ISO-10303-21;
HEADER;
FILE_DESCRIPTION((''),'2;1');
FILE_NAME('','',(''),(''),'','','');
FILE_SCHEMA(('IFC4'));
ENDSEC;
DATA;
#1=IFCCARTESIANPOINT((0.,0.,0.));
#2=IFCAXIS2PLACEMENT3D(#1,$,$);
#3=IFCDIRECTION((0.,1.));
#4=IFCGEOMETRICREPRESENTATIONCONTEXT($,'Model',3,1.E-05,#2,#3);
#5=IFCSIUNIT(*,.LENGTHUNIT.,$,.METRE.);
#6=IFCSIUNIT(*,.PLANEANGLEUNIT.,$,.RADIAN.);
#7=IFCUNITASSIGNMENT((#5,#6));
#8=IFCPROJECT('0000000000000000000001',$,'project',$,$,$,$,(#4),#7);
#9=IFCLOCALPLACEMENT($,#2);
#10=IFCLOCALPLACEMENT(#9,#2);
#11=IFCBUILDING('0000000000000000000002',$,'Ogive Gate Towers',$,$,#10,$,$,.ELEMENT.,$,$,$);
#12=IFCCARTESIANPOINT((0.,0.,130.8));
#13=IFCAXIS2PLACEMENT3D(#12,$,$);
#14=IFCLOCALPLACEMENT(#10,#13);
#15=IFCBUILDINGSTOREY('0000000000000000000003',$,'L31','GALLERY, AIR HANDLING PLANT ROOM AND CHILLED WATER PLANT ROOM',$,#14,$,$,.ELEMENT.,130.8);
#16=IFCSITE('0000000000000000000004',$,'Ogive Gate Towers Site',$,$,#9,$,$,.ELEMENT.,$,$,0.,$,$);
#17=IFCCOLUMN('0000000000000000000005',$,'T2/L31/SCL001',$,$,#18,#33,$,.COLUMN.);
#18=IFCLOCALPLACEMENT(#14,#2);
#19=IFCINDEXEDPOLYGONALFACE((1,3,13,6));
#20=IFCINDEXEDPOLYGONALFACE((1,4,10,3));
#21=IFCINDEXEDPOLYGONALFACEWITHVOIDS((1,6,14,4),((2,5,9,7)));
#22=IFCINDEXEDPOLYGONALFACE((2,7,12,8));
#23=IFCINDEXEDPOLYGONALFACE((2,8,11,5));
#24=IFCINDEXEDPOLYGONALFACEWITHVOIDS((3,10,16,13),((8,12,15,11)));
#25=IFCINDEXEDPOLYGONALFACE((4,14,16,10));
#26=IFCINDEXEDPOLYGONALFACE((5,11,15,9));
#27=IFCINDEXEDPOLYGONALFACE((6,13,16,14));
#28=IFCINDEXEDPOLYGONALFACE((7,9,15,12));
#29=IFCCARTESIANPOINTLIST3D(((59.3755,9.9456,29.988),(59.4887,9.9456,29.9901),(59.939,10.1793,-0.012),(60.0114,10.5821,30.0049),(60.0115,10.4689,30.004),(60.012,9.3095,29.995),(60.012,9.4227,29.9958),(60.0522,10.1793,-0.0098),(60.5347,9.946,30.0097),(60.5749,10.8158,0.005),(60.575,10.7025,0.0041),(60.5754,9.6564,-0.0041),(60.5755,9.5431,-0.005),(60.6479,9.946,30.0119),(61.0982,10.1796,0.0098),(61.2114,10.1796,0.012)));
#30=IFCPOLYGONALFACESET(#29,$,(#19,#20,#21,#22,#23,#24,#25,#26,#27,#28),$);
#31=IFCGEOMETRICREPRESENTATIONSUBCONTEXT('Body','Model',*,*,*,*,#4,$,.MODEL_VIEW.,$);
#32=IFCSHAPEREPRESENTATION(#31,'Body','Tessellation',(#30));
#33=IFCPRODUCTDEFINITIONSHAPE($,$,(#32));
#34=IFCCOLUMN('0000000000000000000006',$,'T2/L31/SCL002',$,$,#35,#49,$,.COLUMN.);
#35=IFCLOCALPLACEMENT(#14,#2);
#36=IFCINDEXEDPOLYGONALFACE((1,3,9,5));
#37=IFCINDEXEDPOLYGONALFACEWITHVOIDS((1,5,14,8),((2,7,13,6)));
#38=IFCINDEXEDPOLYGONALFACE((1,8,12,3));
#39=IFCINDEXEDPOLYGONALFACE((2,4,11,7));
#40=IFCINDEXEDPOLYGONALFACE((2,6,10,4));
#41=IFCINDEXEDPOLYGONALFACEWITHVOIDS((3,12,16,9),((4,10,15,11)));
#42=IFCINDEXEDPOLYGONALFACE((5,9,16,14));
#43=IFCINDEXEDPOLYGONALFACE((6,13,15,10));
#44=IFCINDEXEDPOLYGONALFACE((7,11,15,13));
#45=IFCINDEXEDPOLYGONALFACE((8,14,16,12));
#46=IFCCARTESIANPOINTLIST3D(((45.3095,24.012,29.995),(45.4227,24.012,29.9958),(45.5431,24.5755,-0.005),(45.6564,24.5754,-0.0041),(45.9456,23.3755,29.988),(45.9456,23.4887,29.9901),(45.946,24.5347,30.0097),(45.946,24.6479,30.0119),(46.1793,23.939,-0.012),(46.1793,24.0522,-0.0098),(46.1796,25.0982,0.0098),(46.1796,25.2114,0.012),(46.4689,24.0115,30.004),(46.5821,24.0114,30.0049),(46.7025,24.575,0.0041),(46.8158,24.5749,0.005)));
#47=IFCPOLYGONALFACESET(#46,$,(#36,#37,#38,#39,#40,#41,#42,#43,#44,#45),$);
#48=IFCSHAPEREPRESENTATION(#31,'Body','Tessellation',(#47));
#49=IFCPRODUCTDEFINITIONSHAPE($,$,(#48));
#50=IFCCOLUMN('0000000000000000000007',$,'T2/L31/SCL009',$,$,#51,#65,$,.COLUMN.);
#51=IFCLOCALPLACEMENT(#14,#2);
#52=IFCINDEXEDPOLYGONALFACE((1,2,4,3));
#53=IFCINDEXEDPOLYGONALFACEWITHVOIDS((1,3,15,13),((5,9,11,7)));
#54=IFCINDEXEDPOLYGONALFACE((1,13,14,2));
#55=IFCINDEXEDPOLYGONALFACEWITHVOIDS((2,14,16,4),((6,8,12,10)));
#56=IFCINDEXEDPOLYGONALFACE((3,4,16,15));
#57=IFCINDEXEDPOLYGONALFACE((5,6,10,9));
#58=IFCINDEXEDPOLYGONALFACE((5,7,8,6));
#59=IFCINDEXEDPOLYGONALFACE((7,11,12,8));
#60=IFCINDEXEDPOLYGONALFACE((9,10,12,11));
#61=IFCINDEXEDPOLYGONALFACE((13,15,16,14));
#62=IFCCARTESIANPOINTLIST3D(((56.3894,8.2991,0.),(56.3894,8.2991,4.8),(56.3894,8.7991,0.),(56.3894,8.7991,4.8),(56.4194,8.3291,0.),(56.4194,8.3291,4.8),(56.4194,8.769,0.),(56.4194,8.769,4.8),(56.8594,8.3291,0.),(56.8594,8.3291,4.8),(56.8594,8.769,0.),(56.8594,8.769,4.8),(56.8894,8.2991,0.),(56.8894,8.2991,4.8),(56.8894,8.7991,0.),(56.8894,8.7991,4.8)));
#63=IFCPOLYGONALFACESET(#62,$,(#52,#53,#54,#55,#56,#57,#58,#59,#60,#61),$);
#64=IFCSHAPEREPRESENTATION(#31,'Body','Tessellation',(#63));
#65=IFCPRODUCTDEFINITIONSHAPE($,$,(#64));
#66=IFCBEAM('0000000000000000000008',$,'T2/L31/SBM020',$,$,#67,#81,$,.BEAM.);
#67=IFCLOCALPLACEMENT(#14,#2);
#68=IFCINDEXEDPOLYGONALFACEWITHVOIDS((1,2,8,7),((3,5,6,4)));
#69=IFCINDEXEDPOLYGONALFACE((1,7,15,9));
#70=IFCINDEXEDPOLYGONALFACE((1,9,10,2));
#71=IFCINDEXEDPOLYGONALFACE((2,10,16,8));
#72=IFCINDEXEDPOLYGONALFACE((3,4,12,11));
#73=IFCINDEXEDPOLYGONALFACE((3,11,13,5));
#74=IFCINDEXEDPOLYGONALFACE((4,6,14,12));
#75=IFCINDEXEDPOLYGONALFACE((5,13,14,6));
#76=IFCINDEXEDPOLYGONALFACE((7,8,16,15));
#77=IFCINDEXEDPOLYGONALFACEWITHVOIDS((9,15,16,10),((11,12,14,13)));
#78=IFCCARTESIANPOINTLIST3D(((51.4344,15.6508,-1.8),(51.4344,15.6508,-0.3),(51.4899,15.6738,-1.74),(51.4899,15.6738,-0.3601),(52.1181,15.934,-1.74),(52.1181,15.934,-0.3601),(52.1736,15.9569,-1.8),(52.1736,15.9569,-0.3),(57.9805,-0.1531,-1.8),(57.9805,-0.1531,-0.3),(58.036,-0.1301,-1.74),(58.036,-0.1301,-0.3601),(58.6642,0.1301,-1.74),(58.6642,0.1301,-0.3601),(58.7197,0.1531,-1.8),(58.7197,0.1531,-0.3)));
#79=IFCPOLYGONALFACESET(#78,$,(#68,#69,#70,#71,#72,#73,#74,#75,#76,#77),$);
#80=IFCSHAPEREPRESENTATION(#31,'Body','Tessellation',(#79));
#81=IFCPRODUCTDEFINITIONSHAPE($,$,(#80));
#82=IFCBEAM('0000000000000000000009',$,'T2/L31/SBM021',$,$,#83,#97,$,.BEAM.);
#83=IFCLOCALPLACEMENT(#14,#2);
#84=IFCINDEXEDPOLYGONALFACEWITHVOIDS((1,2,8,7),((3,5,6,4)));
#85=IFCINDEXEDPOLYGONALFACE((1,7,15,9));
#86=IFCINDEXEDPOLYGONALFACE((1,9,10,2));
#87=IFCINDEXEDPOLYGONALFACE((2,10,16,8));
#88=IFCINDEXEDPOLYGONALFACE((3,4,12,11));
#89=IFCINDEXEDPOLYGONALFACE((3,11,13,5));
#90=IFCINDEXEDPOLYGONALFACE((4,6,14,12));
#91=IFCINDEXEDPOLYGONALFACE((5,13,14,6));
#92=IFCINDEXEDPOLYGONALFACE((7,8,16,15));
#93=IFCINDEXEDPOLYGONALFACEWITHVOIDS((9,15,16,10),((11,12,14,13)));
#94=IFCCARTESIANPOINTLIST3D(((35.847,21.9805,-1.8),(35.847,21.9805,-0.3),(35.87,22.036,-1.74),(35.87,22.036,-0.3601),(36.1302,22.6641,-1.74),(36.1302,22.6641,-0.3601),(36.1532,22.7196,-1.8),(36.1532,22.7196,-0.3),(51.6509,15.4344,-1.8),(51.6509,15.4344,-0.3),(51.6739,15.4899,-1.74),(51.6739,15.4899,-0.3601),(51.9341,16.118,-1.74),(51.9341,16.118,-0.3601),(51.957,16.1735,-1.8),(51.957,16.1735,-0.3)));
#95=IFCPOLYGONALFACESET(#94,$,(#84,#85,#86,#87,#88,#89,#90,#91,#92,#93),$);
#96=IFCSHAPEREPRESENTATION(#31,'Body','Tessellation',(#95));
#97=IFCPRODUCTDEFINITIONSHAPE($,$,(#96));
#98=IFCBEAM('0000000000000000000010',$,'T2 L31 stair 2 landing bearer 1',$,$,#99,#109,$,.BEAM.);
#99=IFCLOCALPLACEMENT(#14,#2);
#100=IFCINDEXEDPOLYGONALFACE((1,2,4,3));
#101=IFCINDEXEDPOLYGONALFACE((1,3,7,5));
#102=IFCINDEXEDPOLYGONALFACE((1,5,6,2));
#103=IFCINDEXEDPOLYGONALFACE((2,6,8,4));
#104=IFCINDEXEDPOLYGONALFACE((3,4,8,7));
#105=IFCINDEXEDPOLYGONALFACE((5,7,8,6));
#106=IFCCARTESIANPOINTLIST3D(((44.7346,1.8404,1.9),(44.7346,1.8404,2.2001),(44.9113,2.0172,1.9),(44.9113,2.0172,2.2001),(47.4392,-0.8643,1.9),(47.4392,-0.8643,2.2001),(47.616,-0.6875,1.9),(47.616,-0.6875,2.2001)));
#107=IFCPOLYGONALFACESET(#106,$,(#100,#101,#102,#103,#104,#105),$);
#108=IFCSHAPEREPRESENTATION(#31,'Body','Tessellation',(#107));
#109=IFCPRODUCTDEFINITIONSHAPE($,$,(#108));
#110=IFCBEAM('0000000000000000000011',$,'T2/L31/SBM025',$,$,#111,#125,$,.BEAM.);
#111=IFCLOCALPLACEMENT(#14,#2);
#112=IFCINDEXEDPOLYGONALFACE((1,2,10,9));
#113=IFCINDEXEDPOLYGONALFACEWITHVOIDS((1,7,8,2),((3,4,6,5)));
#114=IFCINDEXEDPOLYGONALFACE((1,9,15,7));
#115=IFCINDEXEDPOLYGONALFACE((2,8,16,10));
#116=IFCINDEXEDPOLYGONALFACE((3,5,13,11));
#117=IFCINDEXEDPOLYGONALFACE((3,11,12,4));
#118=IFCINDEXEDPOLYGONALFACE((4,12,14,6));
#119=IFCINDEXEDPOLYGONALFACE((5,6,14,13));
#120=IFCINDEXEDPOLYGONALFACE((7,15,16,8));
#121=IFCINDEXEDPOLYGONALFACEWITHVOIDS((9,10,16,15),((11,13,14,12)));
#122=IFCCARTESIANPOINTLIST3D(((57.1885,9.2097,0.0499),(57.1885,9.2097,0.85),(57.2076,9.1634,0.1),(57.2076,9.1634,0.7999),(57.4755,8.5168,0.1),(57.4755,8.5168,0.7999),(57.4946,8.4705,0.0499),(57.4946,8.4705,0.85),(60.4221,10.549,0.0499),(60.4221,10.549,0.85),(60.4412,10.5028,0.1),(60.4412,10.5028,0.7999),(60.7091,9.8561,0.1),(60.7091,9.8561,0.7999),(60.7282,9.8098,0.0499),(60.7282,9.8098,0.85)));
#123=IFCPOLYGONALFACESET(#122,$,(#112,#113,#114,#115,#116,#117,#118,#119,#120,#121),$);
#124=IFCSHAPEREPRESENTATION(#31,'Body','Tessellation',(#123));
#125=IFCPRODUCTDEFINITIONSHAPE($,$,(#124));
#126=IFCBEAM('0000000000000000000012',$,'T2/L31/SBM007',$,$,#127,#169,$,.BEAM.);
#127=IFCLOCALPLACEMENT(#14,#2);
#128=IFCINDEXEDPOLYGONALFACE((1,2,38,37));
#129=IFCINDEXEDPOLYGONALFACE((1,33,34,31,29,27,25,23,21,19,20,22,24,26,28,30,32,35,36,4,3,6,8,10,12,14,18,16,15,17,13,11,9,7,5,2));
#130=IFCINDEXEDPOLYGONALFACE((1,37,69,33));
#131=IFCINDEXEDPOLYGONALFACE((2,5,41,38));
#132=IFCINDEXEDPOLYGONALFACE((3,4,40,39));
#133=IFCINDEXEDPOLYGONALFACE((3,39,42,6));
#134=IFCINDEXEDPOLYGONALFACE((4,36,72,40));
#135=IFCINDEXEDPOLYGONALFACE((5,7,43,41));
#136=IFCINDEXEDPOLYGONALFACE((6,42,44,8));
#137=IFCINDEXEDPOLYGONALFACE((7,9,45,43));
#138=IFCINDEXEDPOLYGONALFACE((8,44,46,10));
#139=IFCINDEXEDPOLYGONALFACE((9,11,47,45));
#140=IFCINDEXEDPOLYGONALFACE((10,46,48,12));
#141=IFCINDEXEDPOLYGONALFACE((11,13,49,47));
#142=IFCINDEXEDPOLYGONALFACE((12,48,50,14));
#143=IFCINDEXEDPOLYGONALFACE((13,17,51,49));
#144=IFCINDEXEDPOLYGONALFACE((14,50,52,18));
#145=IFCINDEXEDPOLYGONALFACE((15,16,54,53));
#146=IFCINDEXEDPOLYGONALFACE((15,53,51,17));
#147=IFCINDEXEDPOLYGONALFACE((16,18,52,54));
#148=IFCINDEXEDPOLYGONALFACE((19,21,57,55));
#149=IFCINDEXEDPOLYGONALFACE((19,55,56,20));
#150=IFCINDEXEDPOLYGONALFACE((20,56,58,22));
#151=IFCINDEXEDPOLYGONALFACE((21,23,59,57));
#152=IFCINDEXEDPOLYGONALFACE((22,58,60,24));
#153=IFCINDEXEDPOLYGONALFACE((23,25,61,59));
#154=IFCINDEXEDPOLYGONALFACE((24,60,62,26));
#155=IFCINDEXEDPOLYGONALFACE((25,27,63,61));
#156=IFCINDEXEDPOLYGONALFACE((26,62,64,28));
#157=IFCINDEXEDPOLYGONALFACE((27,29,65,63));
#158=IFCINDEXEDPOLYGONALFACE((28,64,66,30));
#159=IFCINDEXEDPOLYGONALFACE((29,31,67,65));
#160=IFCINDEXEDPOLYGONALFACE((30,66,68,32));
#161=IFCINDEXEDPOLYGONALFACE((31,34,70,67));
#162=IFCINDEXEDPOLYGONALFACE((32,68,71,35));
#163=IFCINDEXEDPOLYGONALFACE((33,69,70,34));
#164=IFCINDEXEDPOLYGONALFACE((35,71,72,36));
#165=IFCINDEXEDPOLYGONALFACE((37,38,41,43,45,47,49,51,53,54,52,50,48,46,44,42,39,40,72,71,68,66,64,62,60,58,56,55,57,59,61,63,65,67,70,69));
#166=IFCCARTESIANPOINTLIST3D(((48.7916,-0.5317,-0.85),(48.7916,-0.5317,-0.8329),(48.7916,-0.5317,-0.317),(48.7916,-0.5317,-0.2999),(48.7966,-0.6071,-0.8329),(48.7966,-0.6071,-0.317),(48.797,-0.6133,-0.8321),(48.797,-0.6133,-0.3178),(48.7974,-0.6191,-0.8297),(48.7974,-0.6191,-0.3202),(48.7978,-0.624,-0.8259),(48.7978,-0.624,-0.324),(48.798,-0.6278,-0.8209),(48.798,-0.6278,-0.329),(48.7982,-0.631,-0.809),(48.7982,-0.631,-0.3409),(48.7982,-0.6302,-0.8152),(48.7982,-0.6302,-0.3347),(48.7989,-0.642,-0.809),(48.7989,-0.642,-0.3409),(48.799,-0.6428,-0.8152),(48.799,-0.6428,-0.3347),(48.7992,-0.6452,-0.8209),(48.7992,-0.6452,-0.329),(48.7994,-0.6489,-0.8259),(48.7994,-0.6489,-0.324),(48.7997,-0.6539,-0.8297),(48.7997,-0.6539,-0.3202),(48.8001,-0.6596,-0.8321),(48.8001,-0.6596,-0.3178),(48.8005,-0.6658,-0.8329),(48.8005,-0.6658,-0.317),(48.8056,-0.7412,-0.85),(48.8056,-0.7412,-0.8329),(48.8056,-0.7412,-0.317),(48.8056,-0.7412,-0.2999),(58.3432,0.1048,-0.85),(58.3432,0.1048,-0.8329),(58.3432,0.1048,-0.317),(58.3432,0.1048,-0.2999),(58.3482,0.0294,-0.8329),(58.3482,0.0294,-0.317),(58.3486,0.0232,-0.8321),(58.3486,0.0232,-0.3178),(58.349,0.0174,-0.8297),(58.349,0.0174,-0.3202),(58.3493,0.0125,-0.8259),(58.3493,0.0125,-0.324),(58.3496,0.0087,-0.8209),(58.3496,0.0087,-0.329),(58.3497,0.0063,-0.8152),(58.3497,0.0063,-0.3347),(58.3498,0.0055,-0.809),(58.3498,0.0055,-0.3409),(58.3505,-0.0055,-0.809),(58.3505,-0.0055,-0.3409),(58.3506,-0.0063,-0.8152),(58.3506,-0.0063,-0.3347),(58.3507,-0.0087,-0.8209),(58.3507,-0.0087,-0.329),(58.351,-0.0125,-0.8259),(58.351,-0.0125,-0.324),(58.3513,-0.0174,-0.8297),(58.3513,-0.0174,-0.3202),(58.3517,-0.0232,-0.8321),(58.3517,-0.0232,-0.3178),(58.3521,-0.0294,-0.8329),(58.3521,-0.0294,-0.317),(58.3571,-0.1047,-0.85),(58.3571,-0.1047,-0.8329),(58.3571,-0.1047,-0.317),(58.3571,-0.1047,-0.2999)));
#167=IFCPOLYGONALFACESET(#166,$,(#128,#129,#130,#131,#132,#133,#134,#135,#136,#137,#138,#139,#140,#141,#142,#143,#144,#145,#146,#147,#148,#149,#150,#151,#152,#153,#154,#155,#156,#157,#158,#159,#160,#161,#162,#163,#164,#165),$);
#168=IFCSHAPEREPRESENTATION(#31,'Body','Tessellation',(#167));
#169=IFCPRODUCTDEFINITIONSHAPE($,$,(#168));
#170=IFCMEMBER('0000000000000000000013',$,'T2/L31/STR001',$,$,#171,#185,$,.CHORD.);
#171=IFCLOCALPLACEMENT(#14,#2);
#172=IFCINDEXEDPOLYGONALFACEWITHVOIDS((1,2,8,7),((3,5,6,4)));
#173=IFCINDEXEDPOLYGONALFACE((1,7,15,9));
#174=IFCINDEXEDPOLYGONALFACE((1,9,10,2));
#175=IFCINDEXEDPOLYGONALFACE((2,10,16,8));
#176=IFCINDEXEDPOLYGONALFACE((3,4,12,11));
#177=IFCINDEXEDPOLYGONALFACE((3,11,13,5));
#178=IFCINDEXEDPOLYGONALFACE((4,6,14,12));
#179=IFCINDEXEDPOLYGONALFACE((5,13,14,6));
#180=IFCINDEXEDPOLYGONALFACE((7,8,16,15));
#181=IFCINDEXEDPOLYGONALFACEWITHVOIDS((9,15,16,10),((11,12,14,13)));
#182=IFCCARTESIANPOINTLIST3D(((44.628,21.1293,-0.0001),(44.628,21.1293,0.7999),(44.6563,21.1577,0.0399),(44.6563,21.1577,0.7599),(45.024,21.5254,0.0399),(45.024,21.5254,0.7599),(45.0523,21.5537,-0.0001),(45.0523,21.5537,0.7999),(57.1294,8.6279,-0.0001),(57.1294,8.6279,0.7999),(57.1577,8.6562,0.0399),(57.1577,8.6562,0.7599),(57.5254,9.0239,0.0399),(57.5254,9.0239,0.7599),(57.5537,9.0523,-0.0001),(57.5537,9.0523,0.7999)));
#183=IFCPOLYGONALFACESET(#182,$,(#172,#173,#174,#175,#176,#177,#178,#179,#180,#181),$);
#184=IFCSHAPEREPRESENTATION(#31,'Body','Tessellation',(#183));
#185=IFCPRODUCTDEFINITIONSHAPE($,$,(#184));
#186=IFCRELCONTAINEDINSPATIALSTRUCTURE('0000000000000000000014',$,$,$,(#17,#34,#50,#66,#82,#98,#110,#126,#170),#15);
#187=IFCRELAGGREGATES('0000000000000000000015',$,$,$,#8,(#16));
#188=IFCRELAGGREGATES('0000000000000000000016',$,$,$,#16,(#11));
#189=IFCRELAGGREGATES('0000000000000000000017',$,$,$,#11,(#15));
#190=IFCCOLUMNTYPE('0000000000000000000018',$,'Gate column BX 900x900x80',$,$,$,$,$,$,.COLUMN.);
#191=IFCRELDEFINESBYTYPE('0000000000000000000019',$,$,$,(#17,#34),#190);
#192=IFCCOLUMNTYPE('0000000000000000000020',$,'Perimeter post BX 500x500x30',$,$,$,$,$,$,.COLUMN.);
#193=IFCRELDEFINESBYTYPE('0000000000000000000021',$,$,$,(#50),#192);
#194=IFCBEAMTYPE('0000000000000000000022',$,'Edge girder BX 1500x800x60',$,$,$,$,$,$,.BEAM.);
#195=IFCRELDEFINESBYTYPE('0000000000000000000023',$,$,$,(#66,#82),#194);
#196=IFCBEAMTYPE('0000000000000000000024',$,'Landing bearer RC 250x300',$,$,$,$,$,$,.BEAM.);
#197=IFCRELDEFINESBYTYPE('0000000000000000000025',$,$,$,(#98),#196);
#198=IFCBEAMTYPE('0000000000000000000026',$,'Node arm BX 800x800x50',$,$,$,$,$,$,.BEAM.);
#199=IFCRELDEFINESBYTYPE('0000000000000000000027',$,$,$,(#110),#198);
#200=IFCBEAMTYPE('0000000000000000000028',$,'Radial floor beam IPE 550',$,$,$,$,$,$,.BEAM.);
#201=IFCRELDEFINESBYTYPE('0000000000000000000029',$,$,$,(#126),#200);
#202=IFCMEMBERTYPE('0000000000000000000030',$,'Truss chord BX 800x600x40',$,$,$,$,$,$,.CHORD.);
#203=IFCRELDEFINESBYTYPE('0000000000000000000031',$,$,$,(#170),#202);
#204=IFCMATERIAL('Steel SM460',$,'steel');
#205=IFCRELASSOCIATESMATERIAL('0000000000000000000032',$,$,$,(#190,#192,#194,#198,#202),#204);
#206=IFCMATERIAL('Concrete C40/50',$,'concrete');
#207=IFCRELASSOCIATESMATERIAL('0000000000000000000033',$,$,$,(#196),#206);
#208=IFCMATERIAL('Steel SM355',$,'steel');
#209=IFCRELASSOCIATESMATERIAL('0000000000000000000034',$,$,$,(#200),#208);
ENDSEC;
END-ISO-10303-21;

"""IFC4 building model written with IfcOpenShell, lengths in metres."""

from ifc_helpers import new_model, si_unit, direction, frame, origin, origin_2d, place, context, subcontext, project, spatial, rectangle, hollow_rectangle, i_section, extrude, material, material_profile, profile_set, type_object, element, save


model = new_model("IFC4")

# Units and contexts
model_context = context("Model", 3, precision=1e-05, world=origin(), true_north=direction((0.0, 1.0)))
body_context = subcontext(model_context, "Body", "Model", "MODEL_VIEW")
ifc_project = project(units=[si_unit("LENGTHUNIT", "METRE"), si_unit("PLANEANGLEUNIT", "RADIAN")], contexts=[model_context])

# Site, building, storey
site_placement = place(None, origin())
site = spatial("IfcSite", under=ifc_project, at=site_placement, Name="Ogive Gate Towers Site", CompositionType="ELEMENT", RefElevation=0.0)
building_placement = place(site_placement, origin())
building = spatial("IfcBuilding", under=site, at=building_placement, Name="Ogive Gate Towers", CompositionType="ELEMENT")
storey_placement = place(building_placement, frame((0.0, 0.0, 130.8)))
storey = spatial("IfcBuildingStorey", under=building, at=storey_placement, Name="L31", Description="GALLERY, AIR HANDLING PLANT ROOM AND CHILLED WATER PLANT ROOM", CompositionType="ELEMENT", Elevation=130.8)

# Columns
ifc_material_1 = material(Name="Steel SM460", Category="steel")
ifc_material_profile_1 = material_profile(ifc_material_1, hollow_rectangle(XDim=0.8999, YDim=0.8999, WallThickness=0.0801, at=origin_2d()), Name="BX 900x900x80")
ifc_profile_set_1 = profile_set([ifc_material_profile_1], Name="Steel SM460")
column_type_1 = type_object("IfcColumnType", Name="Gate column BX 900x900x80", PredefinedType="COLUMN", material=ifc_profile_set_1)
for number, where, z_axis, x_axis, name in (
    (1, (60.5752, 10.1794, 0.0), (-0.018779, -0.007786, 0.999793), (0.707294, -0.706877, 0.00778), "T2/L31/SCL001"),
    (2, (46.1794, 24.5752, 0.0), (-0.007786, -0.018779, 0.999793), (0.707294, 0.70667, 0.018782), "T2/L31/SCL002"),
):
    element("IfcColumn", number, at=place(storey_placement, frame(where, z_axis=z_axis, x_axis=x_axis)), inside=storey, type_object=column_type_1, Name=name, PredefinedType="COLUMN", context=body_context, shape_type="SweptSolid", body=[
        extrude(hollow_rectangle(XDim=0.8999, YDim=0.8999, WallThickness=0.0801, at=origin_2d()), origin(), (0.0, 0.0, 1.0), 30.0061),
    ])
ifc_material_profile_2 = material_profile(ifc_material_1, hollow_rectangle(XDim=0.5, YDim=0.5, WallThickness=0.03, at=origin_2d()), Name="BX 500x500x30")
ifc_profile_set_2 = profile_set([ifc_material_profile_2], Name="Steel SM460")
column_type_2 = type_object("IfcColumnType", Name="Perimeter post BX 500x500x30", PredefinedType="COLUMN", material=ifc_profile_set_2)
column_placement = place(storey_placement, frame((56.6394, 8.5491, 0.0), z_axis=(0.0, 0.0, 1.0), x_axis=(1.0, 0.0, 0.0)))
element("IfcColumn", 3, at=column_placement, inside=storey, type_object=column_type_2, Name="T2/L31/SCL009", PredefinedType="COLUMN", context=body_context, shape_type="SweptSolid", body=[
    extrude(hollow_rectangle(XDim=0.5, YDim=0.5, WallThickness=0.03, at=origin_2d()), origin(), (0.0, 0.0, 1.0), 4.8),
])

# Beams
ifc_material_profile_3 = material_profile(ifc_material_1, hollow_rectangle(XDim=0.8, YDim=1.5, WallThickness=0.0601, at=origin_2d()), Name="BX 1500x800x60")
ifc_profile_set_3 = profile_set([ifc_material_profile_3], Name="Steel SM460")
beam_type_1 = type_object("IfcBeamType", Name="Edge girder BX 1500x800x60", PredefinedType="BEAM", material=ifc_profile_set_3)
for number, where, z_axis, x_axis, name in (
    (4, (58.3501, 0.0, -1.05), (-0.38268, 0.923881, 0.0), (-0.923881, -0.38268, 0.0), "T2/L31/SBM020"),
    (5, (51.804, 15.804, -1.05), (-0.923881, 0.38268, 0.0), (-0.38268, -0.923881, 0.0), "T2/L31/SBM021"),
):
    element("IfcBeam", number, at=place(storey_placement, frame(where, z_axis=z_axis, x_axis=x_axis)), inside=storey, type_object=beam_type_1, Name=name, PredefinedType="BEAM", context=body_context, shape_type="SweptSolid", body=[
        extrude(hollow_rectangle(XDim=0.8, YDim=1.5, WallThickness=0.0601, at=origin_2d()), origin(), (0.0, 0.0, 1.0), 17.106),
    ])
ifc_material_2 = material(Name="Concrete C40/50", Category="concrete")
ifc_material_profile_4 = material_profile(ifc_material_2, rectangle(XDim=0.25, YDim=0.3, at=origin_2d()), Name="RC 250x300")
ifc_profile_set_4 = profile_set([ifc_material_profile_4], Name="Concrete C40/50")
beam_type_2 = type_object("IfcBeamType", Name="Landing bearer RC 250x300", PredefinedType="BEAM", material=ifc_profile_set_4)
beam_1_placement = place(storey_placement, frame((47.5276, -0.7759, 2.05), z_axis=(-0.707107, 0.707107, 0.0), x_axis=(-0.707107, -0.707107, 0.0)))
element("IfcBeam", 6, at=beam_1_placement, inside=storey, type_object=beam_type_2, Name="T2 L31 stair 2 landing bearer 1", PredefinedType="BEAM", context=body_context, shape_type="SweptSolid", body=[
    extrude(rectangle(XDim=0.25, YDim=0.3, at=origin_2d()), origin(), (0.0, 0.0, 1.0), 3.825),
])
ifc_material_profile_5 = material_profile(ifc_material_1, hollow_rectangle(XDim=0.8, YDim=0.8, WallThickness=0.05, at=origin_2d()), Name="BX 800x800x50")
ifc_profile_set_5 = profile_set([ifc_material_profile_5], Name="Steel SM460")
beam_type_3 = type_object("IfcBeamType", Name="Node arm BX 800x800x50", PredefinedType="BEAM", material=ifc_profile_set_5)
beam_2_placement = place(storey_placement, frame((57.3416, 8.8401, 0.45), z_axis=(0.923886, 0.382668, 0.0), x_axis=(-0.382668, 0.923886, 0.0)))
element("IfcBeam", 7, at=beam_2_placement, inside=storey, type_object=beam_type_3, Name="T2/L31/SBM025", PredefinedType="BEAM", context=body_context, shape_type="SweptSolid", body=[
    extrude(hollow_rectangle(XDim=0.8, YDim=0.8, WallThickness=0.05, at=origin_2d()), origin(), (0.0, 0.0, 1.0), 3.5),
])
ifc_material_3 = material(Name="Steel SM355", Category="steel")
ifc_material_profile_6 = material_profile(ifc_material_3, i_section(OverallWidth=0.21, OverallDepth=0.55, WebThickness=0.011, FlangeThickness=0.0171, FilletRadius=0.0239, at=origin_2d()), Name="IPE 550")
ifc_profile_set_6 = profile_set([ifc_material_profile_6], Name="Steel SM355")
beam_type_4 = type_object("IfcBeamType", Name="Radial floor beam IPE 550", PredefinedType="BEAM", material=ifc_profile_set_6)
beam_3_placement = place(storey_placement, frame((48.7986, -0.6365, -0.575), z_axis=(0.997787, 0.066489, 0.0), x_axis=(-0.066489, 0.997787, 0.0)))
element("IfcBeam", 8, at=beam_3_placement, inside=storey, type_object=beam_type_4, Name="T2/L31/SBM007", PredefinedType="BEAM", context=body_context, shape_type="SweptSolid", body=[
    extrude(i_section(OverallWidth=0.21, OverallDepth=0.55, WebThickness=0.011, FlangeThickness=0.0171, FilletRadius=0.0239, at=origin_2d()), origin(), (0.0, 0.0, 1.0), 9.5728),
])

# Member
ifc_material_profile_7 = material_profile(ifc_material_1, hollow_rectangle(XDim=0.6001, YDim=0.8, WallThickness=0.04, at=origin_2d()), Name="BX 800x600x40")
ifc_profile_set_7 = profile_set([ifc_material_profile_7], Name="Steel SM460")
member_type_1 = type_object("IfcMemberType", Name="Truss chord BX 800x600x40", PredefinedType="CHORD", material=ifc_profile_set_7)
for number, where, z_axis, x_axis, name in (
    (9, (57.3416, 8.8401, 0.3999), (-0.707107, 0.707107, 0.0), (-0.707107, -0.707107, 0.0), "T2/L31/STR001"),
):
    element("IfcMember", number, at=place(storey_placement, frame(where, z_axis=z_axis, x_axis=x_axis)), inside=storey, type_object=member_type_1, Name=name, PredefinedType="CHORD", context=body_context, shape_type="SweptSolid", body=[
        extrude(hollow_rectangle(XDim=0.6001, YDim=0.8, WallThickness=0.04, at=origin_2d()), origin(), (0.0, 0.0, 1.0), 17.6797),
    ])

save(model, "model.ifc")
